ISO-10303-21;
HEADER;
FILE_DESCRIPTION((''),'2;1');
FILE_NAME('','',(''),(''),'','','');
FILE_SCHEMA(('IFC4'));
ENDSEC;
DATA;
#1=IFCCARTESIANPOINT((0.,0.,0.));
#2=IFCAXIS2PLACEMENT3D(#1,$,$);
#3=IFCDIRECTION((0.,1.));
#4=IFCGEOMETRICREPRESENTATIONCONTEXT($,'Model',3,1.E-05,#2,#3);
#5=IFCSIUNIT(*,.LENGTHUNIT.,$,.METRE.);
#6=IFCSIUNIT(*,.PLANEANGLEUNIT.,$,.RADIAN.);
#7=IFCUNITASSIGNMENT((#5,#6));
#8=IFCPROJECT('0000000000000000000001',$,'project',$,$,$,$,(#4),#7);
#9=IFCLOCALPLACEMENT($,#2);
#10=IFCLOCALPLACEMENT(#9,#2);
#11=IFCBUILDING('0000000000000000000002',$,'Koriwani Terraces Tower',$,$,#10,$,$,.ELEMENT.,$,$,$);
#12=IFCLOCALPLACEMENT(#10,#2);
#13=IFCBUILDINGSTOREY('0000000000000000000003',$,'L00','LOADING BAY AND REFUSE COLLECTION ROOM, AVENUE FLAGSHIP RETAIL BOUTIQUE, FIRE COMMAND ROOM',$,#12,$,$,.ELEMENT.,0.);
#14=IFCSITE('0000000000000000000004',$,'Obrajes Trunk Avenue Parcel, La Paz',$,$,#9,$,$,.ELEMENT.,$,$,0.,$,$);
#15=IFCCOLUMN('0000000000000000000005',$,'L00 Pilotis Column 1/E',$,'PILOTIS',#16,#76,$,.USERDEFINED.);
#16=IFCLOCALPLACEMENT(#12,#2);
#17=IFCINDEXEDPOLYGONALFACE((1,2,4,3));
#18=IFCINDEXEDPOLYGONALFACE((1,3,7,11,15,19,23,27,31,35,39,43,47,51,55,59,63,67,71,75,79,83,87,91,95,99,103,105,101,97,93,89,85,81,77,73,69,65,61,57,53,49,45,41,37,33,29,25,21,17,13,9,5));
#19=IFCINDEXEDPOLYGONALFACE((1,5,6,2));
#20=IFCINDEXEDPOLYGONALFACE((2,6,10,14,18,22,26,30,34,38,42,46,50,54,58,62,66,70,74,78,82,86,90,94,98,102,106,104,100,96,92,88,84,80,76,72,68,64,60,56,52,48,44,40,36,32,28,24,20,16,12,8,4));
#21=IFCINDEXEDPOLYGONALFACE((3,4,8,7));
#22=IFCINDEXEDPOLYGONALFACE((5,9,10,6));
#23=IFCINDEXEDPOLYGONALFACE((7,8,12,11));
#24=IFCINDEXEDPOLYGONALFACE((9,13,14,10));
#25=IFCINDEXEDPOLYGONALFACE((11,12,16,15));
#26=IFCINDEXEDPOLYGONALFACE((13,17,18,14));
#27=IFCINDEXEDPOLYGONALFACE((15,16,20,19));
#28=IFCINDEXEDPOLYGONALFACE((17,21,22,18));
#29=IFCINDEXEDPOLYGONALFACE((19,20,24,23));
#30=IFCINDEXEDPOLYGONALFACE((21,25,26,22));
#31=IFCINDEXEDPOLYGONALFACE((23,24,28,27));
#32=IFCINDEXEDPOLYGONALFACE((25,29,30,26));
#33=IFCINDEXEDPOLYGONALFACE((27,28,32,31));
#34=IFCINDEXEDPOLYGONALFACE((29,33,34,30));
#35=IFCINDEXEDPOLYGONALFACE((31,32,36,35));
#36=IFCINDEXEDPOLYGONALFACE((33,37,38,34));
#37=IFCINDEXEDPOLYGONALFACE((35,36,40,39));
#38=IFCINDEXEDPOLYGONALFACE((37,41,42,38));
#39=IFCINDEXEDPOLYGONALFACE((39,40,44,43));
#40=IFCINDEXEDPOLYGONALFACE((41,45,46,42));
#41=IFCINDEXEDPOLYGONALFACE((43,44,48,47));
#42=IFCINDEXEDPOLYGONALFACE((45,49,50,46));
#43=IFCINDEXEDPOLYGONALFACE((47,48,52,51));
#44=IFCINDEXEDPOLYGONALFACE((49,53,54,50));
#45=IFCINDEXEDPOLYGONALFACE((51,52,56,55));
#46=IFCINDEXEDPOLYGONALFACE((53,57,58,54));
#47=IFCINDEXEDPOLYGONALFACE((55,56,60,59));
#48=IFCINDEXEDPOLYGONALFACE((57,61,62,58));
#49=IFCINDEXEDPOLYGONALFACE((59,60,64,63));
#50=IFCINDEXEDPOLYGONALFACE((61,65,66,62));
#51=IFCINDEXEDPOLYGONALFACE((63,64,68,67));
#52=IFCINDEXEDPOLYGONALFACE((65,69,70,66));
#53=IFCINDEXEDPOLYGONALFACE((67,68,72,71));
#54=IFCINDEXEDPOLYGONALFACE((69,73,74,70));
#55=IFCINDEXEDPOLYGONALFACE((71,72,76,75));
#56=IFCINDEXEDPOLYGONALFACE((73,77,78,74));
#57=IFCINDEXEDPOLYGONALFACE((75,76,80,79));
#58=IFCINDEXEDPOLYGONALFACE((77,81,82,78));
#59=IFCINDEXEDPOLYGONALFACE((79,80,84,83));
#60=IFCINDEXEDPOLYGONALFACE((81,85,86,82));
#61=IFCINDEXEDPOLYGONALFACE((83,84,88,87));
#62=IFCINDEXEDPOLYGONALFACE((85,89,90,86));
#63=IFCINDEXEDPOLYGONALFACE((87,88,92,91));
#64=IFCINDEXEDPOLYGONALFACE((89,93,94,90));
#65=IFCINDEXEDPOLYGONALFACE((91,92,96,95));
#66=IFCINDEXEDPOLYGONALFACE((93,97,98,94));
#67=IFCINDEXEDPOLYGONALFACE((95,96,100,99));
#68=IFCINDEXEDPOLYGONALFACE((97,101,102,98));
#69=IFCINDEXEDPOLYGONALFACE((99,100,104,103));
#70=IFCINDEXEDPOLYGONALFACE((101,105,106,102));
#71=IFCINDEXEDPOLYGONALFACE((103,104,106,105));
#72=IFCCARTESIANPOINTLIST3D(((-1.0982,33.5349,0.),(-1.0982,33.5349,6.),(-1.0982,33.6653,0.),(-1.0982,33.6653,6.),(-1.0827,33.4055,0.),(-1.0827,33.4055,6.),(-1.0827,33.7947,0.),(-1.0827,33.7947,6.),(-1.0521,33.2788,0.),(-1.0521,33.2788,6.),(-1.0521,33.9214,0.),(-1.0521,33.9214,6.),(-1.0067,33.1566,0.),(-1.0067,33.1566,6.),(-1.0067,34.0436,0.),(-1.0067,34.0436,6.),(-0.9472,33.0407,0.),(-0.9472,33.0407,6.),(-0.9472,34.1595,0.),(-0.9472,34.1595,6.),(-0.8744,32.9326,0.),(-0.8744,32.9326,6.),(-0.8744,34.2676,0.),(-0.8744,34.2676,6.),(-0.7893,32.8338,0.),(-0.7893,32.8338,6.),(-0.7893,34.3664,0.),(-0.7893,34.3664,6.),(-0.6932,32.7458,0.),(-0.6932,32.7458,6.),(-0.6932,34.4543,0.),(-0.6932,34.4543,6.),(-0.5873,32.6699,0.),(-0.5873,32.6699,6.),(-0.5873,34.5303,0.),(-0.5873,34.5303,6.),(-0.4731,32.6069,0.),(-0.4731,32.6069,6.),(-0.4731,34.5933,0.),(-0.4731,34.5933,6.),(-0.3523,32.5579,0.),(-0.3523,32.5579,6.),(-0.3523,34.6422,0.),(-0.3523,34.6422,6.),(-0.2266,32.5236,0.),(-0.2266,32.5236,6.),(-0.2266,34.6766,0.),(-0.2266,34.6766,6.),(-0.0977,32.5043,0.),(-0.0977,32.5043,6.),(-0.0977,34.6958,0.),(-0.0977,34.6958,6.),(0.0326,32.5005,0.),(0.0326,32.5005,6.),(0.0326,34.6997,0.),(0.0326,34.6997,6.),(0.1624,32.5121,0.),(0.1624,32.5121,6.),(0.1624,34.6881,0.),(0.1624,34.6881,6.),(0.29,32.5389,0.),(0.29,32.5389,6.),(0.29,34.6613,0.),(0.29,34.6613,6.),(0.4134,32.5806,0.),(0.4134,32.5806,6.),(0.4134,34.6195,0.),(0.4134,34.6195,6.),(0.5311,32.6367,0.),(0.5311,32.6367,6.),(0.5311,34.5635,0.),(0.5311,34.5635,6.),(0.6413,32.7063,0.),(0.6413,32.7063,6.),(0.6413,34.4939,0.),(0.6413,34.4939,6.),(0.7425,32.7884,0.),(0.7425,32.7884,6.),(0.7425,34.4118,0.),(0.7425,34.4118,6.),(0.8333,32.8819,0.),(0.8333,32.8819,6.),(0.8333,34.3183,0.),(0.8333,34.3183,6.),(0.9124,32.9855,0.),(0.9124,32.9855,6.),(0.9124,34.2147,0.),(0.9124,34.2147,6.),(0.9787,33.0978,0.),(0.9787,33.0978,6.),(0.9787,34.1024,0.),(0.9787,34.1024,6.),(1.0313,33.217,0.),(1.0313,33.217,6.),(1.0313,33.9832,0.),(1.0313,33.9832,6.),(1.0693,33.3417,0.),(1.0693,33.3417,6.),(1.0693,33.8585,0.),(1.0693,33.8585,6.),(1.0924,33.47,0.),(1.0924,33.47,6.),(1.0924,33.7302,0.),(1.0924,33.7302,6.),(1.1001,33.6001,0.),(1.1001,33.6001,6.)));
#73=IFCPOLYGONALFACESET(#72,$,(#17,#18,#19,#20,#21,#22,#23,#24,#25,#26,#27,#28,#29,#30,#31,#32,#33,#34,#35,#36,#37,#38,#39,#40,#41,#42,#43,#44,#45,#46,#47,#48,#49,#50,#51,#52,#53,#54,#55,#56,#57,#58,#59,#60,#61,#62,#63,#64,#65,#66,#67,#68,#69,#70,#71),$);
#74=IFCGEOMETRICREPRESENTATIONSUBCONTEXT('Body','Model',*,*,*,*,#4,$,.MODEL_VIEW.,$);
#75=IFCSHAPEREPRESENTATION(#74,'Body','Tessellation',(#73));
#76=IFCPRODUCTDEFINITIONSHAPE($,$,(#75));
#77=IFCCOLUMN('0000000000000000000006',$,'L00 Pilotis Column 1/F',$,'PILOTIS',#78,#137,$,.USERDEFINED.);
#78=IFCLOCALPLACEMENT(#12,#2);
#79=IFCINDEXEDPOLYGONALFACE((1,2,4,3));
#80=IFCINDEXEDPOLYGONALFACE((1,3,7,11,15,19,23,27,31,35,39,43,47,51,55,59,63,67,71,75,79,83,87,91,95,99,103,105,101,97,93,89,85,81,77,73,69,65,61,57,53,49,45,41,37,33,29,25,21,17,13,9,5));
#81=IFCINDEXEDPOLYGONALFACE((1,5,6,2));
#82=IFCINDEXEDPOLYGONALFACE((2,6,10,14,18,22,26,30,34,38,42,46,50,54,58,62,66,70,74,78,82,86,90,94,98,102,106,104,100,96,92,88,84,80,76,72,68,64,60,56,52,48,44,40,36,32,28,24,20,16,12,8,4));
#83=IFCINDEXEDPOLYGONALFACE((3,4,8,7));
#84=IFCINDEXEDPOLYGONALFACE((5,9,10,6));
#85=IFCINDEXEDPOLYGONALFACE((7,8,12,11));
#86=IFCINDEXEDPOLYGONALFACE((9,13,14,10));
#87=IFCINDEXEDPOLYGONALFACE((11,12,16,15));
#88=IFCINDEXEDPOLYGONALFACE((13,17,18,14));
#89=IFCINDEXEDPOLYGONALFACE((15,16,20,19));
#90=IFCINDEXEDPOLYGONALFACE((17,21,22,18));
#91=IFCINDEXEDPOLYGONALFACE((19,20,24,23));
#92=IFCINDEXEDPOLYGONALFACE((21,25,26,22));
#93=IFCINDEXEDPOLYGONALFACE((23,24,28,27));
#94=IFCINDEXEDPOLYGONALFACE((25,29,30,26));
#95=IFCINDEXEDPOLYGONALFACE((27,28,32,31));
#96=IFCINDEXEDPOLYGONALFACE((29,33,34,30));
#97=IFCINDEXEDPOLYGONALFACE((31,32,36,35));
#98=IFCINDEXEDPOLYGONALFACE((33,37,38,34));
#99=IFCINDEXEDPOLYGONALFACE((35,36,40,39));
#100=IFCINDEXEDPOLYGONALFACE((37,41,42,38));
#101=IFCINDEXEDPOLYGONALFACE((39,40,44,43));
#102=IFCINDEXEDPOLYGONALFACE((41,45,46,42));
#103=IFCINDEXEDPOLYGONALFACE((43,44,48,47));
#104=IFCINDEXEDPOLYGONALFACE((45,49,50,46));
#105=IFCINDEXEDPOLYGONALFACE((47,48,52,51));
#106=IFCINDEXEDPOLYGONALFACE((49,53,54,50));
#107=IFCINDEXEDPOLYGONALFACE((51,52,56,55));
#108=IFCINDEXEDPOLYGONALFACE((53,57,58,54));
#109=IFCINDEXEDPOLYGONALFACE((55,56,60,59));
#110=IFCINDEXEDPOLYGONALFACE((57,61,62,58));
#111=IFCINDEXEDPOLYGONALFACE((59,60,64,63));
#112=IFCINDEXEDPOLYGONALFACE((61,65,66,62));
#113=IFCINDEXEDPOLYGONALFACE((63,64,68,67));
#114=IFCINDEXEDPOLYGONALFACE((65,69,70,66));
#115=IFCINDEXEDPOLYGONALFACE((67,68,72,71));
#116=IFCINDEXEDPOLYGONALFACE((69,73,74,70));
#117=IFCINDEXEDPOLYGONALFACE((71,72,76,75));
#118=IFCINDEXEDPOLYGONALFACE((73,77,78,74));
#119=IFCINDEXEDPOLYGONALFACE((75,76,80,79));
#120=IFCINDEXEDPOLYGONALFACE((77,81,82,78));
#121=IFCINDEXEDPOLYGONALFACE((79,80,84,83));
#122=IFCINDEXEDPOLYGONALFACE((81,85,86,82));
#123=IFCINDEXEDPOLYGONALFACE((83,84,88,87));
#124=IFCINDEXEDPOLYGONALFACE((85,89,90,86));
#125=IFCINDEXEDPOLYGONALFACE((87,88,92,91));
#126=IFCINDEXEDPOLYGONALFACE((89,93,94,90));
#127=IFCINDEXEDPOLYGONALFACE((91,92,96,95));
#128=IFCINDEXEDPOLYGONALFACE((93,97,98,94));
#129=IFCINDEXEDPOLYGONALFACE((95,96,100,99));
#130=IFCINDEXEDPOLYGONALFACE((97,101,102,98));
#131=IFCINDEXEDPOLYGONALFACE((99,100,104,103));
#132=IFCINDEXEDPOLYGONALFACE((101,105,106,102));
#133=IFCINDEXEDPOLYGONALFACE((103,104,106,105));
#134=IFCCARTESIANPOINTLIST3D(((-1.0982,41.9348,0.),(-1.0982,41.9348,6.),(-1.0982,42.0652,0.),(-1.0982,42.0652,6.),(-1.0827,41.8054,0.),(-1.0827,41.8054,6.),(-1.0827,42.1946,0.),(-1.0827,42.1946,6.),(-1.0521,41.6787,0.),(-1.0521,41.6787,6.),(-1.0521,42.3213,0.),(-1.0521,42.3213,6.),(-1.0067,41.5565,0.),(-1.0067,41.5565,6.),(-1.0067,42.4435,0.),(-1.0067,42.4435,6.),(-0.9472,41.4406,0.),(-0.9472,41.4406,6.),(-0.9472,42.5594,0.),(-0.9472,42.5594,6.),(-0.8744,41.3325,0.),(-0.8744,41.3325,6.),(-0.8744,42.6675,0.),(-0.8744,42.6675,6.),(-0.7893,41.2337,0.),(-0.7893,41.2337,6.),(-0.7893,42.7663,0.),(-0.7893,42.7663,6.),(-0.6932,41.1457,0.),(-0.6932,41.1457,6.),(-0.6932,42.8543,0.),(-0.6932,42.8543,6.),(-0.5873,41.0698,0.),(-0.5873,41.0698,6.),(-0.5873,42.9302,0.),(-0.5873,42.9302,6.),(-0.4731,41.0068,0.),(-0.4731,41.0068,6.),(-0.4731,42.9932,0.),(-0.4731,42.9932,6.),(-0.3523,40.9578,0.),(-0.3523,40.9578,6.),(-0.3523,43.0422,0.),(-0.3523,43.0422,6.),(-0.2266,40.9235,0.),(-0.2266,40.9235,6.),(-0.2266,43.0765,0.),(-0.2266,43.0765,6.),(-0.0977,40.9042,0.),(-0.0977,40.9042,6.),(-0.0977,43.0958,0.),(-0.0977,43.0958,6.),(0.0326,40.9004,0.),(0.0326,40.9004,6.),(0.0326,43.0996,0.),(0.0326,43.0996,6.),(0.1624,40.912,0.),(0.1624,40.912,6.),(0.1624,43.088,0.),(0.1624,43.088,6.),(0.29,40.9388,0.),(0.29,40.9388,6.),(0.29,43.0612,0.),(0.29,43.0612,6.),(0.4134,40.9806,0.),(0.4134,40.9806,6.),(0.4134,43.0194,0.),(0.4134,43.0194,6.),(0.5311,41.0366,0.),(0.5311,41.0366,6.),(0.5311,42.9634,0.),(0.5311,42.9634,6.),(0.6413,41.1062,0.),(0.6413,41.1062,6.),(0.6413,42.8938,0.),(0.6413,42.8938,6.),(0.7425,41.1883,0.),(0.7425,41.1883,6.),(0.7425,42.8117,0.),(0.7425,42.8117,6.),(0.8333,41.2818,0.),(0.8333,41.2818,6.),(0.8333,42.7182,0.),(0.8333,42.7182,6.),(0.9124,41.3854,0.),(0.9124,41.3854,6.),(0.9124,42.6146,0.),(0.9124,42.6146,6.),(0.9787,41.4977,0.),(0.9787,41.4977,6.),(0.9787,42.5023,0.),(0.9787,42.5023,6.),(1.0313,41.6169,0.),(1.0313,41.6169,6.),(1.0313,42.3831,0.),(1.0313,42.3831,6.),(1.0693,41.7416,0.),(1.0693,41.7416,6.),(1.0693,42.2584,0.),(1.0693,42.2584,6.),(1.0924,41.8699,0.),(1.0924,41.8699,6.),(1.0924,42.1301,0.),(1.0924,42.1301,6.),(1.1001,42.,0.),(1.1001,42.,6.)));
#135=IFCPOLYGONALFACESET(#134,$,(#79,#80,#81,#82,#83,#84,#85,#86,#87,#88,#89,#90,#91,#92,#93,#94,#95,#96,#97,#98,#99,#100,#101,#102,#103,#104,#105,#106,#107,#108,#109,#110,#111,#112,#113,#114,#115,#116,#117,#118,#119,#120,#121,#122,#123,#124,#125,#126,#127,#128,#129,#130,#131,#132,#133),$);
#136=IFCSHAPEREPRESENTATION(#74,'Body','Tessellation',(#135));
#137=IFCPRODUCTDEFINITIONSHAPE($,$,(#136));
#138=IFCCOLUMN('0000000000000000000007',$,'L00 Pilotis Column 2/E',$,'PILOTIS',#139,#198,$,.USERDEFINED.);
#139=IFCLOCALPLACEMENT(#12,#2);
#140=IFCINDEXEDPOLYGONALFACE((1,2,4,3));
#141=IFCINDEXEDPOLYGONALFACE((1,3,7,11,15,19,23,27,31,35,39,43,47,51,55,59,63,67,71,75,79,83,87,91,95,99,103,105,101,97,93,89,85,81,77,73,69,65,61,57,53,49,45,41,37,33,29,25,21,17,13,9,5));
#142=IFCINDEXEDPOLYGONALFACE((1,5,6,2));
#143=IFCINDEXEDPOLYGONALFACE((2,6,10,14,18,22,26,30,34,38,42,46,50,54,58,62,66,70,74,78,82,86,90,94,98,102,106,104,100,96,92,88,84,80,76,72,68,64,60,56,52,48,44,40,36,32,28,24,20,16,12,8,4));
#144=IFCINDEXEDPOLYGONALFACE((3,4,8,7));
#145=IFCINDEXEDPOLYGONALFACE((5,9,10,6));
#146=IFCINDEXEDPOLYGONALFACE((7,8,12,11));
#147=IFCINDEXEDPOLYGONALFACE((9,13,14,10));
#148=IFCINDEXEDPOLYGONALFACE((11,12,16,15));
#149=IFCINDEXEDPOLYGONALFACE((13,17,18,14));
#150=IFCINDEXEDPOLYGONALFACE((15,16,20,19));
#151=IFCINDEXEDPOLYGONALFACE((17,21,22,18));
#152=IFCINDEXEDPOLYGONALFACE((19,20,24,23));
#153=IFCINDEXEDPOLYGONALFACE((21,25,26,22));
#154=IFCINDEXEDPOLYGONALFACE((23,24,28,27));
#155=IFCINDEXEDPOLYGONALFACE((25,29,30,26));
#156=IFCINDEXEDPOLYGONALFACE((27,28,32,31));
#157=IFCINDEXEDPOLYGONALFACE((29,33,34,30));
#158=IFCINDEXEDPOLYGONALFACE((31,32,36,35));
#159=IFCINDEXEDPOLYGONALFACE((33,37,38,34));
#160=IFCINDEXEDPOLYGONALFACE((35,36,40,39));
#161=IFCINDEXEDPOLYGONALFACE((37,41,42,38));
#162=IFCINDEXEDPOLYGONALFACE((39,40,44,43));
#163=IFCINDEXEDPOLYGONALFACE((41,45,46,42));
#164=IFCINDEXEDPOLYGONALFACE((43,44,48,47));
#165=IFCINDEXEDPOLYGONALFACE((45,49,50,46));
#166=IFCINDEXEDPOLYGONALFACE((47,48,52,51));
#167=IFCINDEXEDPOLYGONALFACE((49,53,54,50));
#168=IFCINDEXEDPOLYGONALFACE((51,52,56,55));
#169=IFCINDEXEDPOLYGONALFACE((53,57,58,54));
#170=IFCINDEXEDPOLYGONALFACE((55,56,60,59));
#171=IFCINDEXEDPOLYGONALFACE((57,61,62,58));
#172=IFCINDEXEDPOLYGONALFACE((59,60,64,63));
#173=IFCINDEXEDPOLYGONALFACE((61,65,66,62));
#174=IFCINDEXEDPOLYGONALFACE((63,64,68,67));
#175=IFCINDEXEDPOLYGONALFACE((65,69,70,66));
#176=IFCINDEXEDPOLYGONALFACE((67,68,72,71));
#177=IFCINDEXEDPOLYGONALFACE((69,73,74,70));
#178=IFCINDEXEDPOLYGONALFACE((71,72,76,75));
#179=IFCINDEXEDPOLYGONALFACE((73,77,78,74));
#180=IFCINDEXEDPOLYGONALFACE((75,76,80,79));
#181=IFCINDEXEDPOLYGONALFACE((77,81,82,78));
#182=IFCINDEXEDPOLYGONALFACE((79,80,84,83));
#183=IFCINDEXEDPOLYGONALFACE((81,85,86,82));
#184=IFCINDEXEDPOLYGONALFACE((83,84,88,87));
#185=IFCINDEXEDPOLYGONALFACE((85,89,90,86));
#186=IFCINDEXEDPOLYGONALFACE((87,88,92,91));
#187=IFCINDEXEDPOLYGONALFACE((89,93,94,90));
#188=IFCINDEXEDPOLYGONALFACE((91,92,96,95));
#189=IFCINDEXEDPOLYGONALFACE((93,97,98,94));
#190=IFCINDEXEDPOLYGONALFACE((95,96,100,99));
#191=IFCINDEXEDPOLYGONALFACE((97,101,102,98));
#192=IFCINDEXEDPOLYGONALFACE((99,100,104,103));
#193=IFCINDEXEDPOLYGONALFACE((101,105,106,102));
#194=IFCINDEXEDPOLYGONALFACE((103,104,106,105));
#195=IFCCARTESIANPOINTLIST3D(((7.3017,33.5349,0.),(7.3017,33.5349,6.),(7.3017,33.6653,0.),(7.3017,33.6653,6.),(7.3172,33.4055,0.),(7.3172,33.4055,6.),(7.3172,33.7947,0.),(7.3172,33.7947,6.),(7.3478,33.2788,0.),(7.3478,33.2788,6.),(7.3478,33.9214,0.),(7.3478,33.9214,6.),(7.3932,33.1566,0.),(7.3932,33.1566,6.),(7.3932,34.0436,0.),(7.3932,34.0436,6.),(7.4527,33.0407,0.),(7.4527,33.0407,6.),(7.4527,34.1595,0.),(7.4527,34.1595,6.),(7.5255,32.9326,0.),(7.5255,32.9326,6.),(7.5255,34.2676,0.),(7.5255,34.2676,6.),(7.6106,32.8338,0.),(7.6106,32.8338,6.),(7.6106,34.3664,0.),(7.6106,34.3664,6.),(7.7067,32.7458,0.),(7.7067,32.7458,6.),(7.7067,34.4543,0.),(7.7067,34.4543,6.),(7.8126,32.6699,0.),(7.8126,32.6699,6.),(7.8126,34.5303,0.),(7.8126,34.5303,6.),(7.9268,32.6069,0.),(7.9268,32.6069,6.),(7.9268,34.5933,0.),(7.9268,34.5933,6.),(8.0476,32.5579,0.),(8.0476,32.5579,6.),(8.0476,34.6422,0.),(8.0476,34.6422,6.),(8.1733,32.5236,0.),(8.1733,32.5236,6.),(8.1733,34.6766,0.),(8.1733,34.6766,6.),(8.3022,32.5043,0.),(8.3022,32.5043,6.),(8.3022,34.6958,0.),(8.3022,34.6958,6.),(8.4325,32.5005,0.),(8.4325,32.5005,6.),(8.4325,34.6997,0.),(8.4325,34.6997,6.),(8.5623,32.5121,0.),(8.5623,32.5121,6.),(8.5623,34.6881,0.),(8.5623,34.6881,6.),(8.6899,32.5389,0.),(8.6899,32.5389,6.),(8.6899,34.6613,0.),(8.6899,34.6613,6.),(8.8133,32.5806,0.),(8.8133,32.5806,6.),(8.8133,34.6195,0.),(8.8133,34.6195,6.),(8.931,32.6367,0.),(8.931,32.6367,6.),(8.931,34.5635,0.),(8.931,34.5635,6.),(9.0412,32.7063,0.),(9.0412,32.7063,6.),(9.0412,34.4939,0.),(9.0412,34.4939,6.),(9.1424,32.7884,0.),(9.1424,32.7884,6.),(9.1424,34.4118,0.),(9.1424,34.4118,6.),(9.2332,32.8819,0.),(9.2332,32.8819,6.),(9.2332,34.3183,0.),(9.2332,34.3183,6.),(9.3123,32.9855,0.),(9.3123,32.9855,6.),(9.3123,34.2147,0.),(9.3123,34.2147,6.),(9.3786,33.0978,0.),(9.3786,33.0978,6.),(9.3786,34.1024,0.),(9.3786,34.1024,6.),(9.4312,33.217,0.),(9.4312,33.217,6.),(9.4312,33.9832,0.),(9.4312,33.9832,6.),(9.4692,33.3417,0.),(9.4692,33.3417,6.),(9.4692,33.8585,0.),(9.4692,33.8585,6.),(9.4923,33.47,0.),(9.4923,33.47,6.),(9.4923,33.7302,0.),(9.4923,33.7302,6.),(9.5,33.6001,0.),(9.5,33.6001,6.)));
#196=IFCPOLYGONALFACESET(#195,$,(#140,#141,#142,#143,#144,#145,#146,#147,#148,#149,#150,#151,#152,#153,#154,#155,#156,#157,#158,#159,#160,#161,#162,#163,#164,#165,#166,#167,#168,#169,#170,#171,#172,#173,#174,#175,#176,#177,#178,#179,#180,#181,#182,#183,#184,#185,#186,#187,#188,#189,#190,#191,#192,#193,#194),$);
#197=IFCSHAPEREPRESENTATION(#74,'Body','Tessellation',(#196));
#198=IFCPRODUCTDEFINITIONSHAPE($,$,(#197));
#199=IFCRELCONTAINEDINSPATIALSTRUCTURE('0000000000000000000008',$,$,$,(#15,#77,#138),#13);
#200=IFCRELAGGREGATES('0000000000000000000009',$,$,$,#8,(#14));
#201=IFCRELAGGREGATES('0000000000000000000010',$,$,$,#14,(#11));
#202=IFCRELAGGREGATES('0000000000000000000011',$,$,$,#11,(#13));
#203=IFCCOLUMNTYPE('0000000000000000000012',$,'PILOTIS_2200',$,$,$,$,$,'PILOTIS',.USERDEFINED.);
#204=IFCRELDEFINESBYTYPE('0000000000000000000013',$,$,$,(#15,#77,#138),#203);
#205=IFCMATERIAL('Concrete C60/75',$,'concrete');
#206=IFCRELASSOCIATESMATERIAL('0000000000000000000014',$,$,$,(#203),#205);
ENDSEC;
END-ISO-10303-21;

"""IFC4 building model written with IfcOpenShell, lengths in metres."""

from ifc_helpers import new_model, si_unit, direction, frame, origin, origin_2d, place, context, subcontext, project, spatial, circle, extrude, material, material_profile, profile_set, type_object, element, save


model = new_model("IFC4")

# Units and contexts
model_context = context("Model", 3, precision=1e-05, world=origin(), true_north=direction((0.0, 1.0)))
body_context = subcontext(model_context, "Body", "Model", "MODEL_VIEW")
ifc_project = project(units=[si_unit("LENGTHUNIT", "METRE"), si_unit("PLANEANGLEUNIT", "RADIAN")], contexts=[model_context])

# Site, building, storey
site_placement = place(None, origin())
site = spatial("IfcSite", under=ifc_project, at=site_placement, Name="Obrajes Trunk Avenue Parcel, La Paz", CompositionType="ELEMENT", RefElevation=0.0)
building_placement = place(site_placement, origin())
building = spatial("IfcBuilding", under=site, at=building_placement, Name="Koriwani Terraces Tower", CompositionType="ELEMENT")
storey_placement = place(building_placement, origin())
storey = spatial("IfcBuildingStorey", under=building, at=storey_placement, Name="L00", Description="LOADING BAY AND REFUSE COLLECTION ROOM, AVENUE FLAGSHIP RETAIL BOUTIQUE, FIRE COMMAND ROOM", CompositionType="ELEMENT", Elevation=0.0)

# Columns
ifc_material_1 = material(Name="Concrete C60/75", Category="concrete")
ifc_material_profile_1 = material_profile(ifc_material_1, circle(Radius=1.1001, at=origin_2d()), Name="Concrete C60/75", Category="LoadBearing")
ifc_profile_set_1 = profile_set([ifc_material_profile_1], Name="Concrete C60/75")
column_type = type_object("IfcColumnType", Name="PILOTIS_2200", ElementType="PILOTIS", PredefinedType="USERDEFINED", material=ifc_profile_set_1)
for number, where, z_axis, x_axis, name in (
    (1, (0.0, 33.6001, 0.0), (0.0, 0.0, 1.0), (1.0, 0.0, 0.0), "L00 Pilotis Column 1/E"),
    (2, (0.0, 42.0, 0.0), (0.0, 0.0, 1.0), (1.0, 0.0, 0.0), "L00 Pilotis Column 1/F"),
    (3, (8.3999, 33.6001, 0.0), (0.0, 0.0, 1.0), (1.0, 0.0, 0.0), "L00 Pilotis Column 2/E"),
):
    element("IfcColumn", number, at=place(storey_placement, frame(where, z_axis=z_axis, x_axis=x_axis)), inside=storey, type_object=column_type, Name=name, ObjectType="PILOTIS", PredefinedType="USERDEFINED", context=body_context, shape_type="SweptSolid", body=[
        extrude(circle(Radius=1.1001, at=origin_2d()), origin(), (0.0, 0.0, 1.0), 6.0),
    ])

save(model, "model.ifc")
